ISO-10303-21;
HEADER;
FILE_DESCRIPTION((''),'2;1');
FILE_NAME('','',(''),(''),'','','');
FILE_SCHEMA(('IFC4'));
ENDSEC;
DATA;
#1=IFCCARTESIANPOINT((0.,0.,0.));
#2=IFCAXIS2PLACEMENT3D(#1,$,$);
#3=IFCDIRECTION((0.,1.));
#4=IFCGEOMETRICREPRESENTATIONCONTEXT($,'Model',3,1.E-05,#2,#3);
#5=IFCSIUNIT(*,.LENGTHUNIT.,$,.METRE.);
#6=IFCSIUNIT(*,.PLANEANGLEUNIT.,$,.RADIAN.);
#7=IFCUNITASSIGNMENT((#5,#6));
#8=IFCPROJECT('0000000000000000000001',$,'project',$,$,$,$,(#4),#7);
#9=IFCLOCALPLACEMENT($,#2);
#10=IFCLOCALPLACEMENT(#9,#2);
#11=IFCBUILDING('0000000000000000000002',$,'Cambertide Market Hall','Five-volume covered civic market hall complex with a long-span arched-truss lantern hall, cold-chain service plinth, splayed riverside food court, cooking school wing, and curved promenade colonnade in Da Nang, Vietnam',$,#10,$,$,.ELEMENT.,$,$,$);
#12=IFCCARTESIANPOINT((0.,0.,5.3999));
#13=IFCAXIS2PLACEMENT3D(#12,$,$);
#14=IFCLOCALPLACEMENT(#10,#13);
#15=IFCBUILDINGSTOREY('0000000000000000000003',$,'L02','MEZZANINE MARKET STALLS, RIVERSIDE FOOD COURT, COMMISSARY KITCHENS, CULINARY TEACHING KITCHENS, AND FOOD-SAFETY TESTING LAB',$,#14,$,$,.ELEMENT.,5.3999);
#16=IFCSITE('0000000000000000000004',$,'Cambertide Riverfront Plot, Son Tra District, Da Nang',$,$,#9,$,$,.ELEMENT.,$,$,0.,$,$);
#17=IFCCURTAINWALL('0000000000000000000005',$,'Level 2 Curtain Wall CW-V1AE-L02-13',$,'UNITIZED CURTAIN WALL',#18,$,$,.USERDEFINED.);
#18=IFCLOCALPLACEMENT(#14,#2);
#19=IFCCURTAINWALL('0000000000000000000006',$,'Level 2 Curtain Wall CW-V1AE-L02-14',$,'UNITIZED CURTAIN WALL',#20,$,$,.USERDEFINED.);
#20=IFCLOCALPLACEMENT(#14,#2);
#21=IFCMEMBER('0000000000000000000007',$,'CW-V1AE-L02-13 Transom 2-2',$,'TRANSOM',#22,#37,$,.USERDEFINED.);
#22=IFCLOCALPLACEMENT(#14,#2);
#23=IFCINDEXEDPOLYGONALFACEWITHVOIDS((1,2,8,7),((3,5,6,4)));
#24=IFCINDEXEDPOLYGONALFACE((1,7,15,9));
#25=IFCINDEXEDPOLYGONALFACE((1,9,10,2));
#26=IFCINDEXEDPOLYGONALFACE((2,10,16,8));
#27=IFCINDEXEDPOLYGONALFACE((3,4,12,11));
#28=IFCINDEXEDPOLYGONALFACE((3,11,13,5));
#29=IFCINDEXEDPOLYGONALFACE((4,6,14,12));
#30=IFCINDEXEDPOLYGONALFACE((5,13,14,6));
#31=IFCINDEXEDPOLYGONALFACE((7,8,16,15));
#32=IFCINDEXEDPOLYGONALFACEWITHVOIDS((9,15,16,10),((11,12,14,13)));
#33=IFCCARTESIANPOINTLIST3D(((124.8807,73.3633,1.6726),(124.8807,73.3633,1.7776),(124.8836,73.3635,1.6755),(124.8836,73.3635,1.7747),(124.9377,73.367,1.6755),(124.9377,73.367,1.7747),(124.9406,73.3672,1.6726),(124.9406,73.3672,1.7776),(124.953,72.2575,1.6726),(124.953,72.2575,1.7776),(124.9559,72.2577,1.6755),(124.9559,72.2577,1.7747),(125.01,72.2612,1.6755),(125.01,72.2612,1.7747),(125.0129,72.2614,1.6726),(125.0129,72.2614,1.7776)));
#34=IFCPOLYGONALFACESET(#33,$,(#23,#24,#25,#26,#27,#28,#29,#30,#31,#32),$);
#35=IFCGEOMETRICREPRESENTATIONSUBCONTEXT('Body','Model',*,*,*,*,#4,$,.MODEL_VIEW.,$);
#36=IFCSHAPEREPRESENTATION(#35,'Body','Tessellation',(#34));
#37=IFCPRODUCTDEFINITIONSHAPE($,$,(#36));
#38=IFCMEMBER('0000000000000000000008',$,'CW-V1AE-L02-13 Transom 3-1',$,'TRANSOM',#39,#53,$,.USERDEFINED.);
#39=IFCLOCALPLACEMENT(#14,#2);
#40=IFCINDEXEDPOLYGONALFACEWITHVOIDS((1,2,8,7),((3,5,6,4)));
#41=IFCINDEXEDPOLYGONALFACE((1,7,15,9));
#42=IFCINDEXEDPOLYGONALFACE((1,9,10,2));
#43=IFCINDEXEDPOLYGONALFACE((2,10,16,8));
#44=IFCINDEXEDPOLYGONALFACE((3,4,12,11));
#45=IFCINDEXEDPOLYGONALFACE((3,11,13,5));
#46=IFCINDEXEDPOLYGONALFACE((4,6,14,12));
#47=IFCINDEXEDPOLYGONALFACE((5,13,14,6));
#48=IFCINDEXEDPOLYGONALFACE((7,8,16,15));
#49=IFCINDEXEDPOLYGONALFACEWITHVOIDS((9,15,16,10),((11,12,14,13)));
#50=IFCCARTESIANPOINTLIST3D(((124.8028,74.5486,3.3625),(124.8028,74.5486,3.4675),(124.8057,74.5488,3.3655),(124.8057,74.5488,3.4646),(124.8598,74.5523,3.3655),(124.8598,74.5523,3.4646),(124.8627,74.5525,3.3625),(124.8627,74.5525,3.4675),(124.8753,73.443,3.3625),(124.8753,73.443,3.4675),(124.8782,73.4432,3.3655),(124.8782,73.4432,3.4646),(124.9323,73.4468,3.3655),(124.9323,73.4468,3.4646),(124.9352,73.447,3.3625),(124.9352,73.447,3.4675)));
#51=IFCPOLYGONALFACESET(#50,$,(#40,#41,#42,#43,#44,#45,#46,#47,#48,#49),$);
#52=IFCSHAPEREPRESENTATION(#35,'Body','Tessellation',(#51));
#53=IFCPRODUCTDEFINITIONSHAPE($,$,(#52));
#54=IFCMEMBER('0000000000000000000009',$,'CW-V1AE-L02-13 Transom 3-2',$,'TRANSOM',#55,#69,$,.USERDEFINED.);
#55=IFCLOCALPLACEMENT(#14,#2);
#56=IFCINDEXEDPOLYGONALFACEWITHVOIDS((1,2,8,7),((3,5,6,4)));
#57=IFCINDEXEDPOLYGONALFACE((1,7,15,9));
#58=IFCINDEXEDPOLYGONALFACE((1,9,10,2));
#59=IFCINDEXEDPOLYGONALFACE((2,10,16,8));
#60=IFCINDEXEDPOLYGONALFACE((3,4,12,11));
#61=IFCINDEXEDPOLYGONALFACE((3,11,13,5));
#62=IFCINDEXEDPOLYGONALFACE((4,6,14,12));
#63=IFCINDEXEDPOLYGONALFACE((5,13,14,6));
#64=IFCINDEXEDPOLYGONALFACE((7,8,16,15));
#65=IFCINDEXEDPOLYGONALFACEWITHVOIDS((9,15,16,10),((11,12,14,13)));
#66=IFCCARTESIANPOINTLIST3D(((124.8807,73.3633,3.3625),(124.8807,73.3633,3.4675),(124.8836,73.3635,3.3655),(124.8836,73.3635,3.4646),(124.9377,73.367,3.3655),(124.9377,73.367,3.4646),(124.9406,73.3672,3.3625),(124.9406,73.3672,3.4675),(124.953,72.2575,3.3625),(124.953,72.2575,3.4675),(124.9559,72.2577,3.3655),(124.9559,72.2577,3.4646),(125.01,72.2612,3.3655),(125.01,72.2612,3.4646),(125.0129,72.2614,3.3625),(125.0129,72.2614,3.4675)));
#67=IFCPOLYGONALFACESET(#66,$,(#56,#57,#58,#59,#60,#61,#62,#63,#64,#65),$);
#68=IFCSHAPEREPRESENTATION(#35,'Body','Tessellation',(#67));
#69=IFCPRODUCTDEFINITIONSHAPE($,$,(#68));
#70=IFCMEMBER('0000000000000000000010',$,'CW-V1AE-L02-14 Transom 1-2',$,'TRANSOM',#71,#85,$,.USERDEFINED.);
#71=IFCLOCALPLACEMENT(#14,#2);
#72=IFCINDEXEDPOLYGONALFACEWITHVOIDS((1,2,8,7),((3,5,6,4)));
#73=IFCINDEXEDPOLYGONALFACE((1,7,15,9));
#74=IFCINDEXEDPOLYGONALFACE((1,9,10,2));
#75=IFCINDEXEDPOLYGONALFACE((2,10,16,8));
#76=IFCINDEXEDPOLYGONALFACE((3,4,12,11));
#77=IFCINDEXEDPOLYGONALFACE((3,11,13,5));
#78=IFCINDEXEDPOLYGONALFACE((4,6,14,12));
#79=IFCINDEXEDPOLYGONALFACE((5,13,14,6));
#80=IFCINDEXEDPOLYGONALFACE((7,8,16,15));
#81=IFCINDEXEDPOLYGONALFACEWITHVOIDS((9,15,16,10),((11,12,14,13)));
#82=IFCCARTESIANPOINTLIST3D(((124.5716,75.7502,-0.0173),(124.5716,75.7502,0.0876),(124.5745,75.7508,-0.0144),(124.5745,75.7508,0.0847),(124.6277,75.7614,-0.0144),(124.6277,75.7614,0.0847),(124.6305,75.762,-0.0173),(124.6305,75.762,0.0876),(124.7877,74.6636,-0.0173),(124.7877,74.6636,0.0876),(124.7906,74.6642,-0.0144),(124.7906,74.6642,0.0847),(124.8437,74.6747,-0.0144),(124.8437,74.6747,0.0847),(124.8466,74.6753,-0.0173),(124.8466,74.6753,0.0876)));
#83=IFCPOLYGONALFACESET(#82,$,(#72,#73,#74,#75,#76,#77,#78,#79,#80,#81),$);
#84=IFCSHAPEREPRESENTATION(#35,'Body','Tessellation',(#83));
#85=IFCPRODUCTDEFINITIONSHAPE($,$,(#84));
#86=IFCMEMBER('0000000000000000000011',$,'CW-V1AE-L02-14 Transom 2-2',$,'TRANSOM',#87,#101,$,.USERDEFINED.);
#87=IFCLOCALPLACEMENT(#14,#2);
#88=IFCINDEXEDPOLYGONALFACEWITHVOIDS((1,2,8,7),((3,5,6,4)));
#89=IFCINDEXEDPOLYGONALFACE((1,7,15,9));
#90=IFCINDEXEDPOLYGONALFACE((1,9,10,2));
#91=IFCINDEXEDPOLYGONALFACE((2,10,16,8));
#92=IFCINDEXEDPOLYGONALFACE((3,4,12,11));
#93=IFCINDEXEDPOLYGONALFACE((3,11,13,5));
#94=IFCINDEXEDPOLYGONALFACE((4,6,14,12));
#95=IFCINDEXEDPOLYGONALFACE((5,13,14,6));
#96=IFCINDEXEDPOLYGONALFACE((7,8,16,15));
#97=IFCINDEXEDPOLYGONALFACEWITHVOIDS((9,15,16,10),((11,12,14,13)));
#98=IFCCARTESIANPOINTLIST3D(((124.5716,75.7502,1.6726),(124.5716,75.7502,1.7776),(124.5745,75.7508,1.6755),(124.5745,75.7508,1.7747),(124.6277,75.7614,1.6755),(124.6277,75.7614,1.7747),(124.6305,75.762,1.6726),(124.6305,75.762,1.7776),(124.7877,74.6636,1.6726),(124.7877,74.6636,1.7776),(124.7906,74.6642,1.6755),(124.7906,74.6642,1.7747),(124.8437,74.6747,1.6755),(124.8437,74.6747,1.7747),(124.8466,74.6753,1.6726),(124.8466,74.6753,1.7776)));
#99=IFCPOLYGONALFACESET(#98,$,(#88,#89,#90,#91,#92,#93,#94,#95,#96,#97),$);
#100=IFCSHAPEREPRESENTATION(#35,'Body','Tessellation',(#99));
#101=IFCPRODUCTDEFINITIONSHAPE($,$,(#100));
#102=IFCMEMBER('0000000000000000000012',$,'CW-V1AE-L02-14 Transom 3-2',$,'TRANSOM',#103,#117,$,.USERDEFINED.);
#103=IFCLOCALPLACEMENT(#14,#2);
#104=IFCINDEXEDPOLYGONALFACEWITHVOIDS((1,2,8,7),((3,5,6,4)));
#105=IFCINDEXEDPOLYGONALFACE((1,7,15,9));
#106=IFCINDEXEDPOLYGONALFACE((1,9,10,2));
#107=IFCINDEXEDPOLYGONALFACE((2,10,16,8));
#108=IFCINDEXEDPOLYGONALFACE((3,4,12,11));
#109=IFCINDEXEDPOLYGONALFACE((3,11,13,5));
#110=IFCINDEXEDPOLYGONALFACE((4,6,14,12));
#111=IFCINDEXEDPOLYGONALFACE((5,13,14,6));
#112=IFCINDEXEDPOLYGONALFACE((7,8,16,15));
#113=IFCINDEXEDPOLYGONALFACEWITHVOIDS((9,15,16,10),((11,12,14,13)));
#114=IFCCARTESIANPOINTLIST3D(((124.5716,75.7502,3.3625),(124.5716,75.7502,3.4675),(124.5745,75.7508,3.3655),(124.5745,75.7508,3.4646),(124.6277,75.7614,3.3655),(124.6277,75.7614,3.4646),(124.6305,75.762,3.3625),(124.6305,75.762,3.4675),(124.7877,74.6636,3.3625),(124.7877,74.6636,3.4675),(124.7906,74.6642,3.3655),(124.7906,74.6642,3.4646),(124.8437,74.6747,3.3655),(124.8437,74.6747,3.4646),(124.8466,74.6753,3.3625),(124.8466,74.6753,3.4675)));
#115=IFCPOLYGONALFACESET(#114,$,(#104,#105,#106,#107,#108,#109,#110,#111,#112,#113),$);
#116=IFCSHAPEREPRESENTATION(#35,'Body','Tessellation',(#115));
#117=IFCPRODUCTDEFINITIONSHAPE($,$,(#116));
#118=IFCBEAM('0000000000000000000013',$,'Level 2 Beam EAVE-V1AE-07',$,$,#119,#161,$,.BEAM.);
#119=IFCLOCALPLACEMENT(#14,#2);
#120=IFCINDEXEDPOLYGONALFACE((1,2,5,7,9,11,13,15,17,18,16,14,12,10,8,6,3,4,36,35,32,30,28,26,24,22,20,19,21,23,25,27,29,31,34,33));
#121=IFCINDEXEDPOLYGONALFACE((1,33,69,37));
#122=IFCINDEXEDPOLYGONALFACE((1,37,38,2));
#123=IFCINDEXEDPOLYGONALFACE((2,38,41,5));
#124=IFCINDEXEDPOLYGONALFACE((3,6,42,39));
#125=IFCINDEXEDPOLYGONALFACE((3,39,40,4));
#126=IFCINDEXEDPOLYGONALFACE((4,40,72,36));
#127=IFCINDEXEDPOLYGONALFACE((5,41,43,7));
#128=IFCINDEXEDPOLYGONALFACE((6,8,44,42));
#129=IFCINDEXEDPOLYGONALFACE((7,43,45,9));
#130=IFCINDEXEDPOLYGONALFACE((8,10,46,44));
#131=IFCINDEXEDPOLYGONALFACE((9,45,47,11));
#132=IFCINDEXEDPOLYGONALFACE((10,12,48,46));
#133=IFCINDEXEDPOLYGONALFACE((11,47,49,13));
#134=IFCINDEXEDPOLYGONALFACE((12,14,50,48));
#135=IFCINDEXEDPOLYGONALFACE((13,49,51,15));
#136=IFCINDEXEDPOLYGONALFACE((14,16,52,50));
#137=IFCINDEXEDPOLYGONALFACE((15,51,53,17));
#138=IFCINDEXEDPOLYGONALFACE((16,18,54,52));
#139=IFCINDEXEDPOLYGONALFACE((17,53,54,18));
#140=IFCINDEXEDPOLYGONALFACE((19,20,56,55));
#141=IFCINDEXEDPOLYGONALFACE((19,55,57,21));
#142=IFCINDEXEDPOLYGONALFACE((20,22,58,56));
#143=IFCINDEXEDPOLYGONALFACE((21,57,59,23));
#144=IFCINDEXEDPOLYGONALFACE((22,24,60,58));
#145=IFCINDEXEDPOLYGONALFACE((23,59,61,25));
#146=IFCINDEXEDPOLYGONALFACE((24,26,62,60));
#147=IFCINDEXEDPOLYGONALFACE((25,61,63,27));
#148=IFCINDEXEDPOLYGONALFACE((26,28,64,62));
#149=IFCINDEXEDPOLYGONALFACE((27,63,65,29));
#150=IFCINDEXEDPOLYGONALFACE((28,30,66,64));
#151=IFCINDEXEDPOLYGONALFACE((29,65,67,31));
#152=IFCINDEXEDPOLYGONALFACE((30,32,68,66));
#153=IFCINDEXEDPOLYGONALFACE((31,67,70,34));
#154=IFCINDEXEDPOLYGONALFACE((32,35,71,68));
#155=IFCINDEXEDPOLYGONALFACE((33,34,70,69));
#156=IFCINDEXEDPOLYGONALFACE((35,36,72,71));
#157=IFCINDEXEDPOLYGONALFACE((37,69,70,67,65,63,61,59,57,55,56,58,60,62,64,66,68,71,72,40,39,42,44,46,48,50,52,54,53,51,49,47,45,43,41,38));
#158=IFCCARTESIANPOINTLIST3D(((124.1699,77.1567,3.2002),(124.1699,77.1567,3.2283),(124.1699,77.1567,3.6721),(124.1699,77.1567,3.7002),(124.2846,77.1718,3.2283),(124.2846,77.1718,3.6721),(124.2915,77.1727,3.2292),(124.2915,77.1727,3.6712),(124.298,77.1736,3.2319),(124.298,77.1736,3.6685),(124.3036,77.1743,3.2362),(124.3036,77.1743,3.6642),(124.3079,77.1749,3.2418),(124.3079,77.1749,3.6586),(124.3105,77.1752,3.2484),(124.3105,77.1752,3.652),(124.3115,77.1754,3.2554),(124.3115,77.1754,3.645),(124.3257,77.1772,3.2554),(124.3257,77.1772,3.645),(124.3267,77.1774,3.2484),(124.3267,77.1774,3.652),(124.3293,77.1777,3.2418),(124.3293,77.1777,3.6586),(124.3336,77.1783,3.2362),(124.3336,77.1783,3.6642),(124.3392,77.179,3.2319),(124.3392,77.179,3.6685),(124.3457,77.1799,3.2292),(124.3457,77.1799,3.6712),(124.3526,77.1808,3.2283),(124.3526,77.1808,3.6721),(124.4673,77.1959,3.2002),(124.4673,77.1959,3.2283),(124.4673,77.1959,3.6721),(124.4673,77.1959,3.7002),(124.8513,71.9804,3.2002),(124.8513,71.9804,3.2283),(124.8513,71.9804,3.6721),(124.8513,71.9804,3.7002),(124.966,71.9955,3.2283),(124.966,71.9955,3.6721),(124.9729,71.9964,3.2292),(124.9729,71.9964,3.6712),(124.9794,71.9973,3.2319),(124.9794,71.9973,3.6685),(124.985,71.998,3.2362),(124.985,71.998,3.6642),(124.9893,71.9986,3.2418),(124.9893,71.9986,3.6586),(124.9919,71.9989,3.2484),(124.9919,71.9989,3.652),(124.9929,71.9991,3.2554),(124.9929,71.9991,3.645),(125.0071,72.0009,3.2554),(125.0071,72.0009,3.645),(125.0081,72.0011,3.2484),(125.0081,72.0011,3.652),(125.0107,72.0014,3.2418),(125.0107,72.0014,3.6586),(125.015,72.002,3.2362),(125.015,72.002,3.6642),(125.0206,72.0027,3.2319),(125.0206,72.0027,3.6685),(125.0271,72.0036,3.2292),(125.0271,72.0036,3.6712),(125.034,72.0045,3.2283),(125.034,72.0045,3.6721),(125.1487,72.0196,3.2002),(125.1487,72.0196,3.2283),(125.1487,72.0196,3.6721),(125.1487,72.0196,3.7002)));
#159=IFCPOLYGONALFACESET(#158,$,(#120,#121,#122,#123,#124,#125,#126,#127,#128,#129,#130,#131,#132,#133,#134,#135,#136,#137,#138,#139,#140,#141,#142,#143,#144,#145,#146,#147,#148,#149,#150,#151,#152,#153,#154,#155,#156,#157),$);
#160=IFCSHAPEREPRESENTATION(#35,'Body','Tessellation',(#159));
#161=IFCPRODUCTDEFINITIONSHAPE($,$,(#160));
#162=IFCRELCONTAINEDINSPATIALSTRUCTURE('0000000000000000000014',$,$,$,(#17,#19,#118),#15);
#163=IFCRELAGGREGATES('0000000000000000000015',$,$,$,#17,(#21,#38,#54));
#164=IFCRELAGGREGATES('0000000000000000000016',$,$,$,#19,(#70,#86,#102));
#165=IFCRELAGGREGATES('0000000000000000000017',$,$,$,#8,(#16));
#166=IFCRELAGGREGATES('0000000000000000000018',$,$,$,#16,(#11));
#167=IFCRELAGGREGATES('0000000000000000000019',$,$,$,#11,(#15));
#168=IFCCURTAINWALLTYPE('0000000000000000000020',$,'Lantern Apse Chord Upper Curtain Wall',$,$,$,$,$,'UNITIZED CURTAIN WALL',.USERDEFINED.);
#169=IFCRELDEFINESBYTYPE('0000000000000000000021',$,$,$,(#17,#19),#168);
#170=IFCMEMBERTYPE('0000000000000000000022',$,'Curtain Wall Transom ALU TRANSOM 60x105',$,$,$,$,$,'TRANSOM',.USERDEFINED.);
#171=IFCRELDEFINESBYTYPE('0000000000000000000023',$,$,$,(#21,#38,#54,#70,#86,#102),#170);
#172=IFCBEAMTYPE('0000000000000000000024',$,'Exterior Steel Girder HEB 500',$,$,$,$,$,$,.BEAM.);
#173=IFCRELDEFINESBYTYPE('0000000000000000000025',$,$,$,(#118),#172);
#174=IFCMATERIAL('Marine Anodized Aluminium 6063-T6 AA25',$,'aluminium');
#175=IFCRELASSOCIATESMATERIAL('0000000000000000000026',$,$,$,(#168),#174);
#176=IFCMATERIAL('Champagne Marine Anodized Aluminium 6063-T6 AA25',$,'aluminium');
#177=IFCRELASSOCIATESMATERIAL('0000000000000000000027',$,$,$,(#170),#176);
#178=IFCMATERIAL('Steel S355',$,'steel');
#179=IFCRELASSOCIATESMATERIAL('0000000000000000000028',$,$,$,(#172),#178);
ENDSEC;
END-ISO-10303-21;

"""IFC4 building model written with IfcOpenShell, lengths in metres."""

from ifc_helpers import new_model, si_unit, direction, frame, origin, origin_2d, place, context, subcontext, project, spatial, hollow_rectangle, i_section, extrude, material, material_profile, profile_set, type_object, element, aggregate, save


model = new_model("IFC4")

# Units and contexts
model_context = context("Model", 3, precision=1e-05, world=origin(), true_north=direction((0.0, 1.0)))
body_context = subcontext(model_context, "Body", "Model", "MODEL_VIEW")
ifc_project = project(units=[si_unit("LENGTHUNIT", "METRE"), si_unit("PLANEANGLEUNIT", "RADIAN")], contexts=[model_context])

# Site, building, storey
site_placement = place(None, origin())
site = spatial("IfcSite", under=ifc_project, at=site_placement, Name="Cambertide Riverfront Plot, Son Tra District, Da Nang", CompositionType="ELEMENT", RefElevation=0.0)
building_placement = place(site_placement, origin())
building = spatial("IfcBuilding", under=site, at=building_placement, Name="Cambertide Market Hall", Description="Five-volume covered civic market hall complex with a long-span arched-truss lantern hall, cold-chain service plinth, splayed riverside food court, cooking school wing, and curved promenade colonnade in Da Nang, Vietnam", CompositionType="ELEMENT")
storey_placement = place(building_placement, frame((0.0, 0.0, 5.3999)))
storey = spatial("IfcBuildingStorey", under=building, at=storey_placement, Name="L02", Description="MEZZANINE MARKET STALLS, RIVERSIDE FOOD COURT, COMMISSARY KITCHENS, CULINARY TEACHING KITCHENS, AND FOOD-SAFETY TESTING LAB", CompositionType="ELEMENT", Elevation=5.3999)

# Curtain walls
ifc_material_1 = material(Name="Marine Anodized Aluminium 6063-T6 AA25", Category="aluminium")
curtain_wall_type = type_object("IfcCurtainWallType", Name="Lantern Apse Chord Upper Curtain Wall", ElementType="UNITIZED CURTAIN WALL", PredefinedType="USERDEFINED", material=ifc_material_1)
curtain_wall_1_placement = place(storey_placement, origin())
curtain_wall_1 = element("IfcCurtainWall", 1, at=curtain_wall_1_placement, inside=storey, type_object=curtain_wall_type, Name="Level 2 Curtain Wall CW-V1AE-L02-13", ObjectType="UNITIZED CURTAIN WALL", PredefinedType="USERDEFINED")
curtain_wall_2_placement = place(storey_placement, origin())
curtain_wall_2 = element("IfcCurtainWall", 2, at=curtain_wall_2_placement, inside=storey, type_object=curtain_wall_type, Name="Level 2 Curtain Wall CW-V1AE-L02-14", ObjectType="UNITIZED CURTAIN WALL", PredefinedType="USERDEFINED")

# Members
ifc_material_2 = material(Name="Champagne Marine Anodized Aluminium 6063-T6 AA25", Category="aluminium")
ifc_material_profile_1 = material_profile(ifc_material_2, hollow_rectangle(XDim=0.0601, YDim=0.105, WallThickness=0.0029, at=origin_2d()), Name="ALU TRANSOM 60x105")
ifc_profile_set_1 = profile_set([ifc_material_profile_1], Name="Champagne Marine Anodized Aluminium 6063-T6 AA25")
member_type_1 = type_object("IfcMemberType", Name="Curtain Wall Transom ALU TRANSOM 60x105", ElementType="TRANSOM", PredefinedType="USERDEFINED", material=ifc_profile_set_1)
member_1_placement = place(storey_placement, frame((124.9106, 73.3652, 1.7251), z_axis=(0.065217, -0.997871, 0.0), x_axis=(0.997871, 0.065217, 0.0)))
member_1 = element("IfcMember", 3, at=member_1_placement, type_object=member_type_1, Name="CW-V1AE-L02-13 Transom 2-2", ObjectType="TRANSOM", PredefinedType="USERDEFINED", context=body_context, shape_type="SweptSolid", body=[
    extrude(hollow_rectangle(XDim=0.0601, YDim=0.105, WallThickness=0.0029, at=origin_2d()), origin(), (0.0, 0.0, 1.0), 1.1082),
])
member_2_placement = place(storey_placement, frame((124.8328, 74.5505, 3.415), z_axis=(0.065451, -0.997856, 0.0), x_axis=(0.997856, 0.065451, 0.0)))
member_2 = element("IfcMember", 4, at=member_2_placement, type_object=member_type_1, Name="CW-V1AE-L02-13 Transom 3-1", ObjectType="TRANSOM", PredefinedType="USERDEFINED", context=body_context, shape_type="SweptSolid", body=[
    extrude(hollow_rectangle(XDim=0.0601, YDim=0.105, WallThickness=0.0029, at=origin_2d()), origin(), (0.0, 0.0, 1.0), 1.1079),
])
member_3_placement = place(storey_placement, frame((124.9106, 73.3652, 3.415), z_axis=(0.065217, -0.997871, 0.0), x_axis=(0.997871, 0.065217, 0.0)))
member_3 = element("IfcMember", 5, at=member_3_placement, type_object=member_type_1, Name="CW-V1AE-L02-13 Transom 3-2", ObjectType="TRANSOM", PredefinedType="USERDEFINED", context=body_context, shape_type="SweptSolid", body=[
    extrude(hollow_rectangle(XDim=0.0601, YDim=0.105, WallThickness=0.0029, at=origin_2d()), origin(), (0.0, 0.0, 1.0), 1.1082),
])
member_4_placement = place(storey_placement, frame((124.6011, 75.7561, 0.0352), z_axis=(0.195014, -0.9808, 0.0), x_axis=(0.9808, 0.195014, 0.0)))
member_4 = element("IfcMember", 6, at=member_4_placement, type_object=member_type_1, Name="CW-V1AE-L02-14 Transom 1-2", ObjectType="TRANSOM", PredefinedType="USERDEFINED", context=body_context, shape_type="SweptSolid", body=[
    extrude(hollow_rectangle(XDim=0.0601, YDim=0.105, WallThickness=0.0029, at=origin_2d()), origin(), (0.0, 0.0, 1.0), 1.1079),
])
member_5_placement = place(storey_placement, frame((124.6011, 75.7561, 1.7251), z_axis=(0.195014, -0.9808, 0.0), x_axis=(0.9808, 0.195014, 0.0)))
member_5 = element("IfcMember", 7, at=member_5_placement, type_object=member_type_1, Name="CW-V1AE-L02-14 Transom 2-2", ObjectType="TRANSOM", PredefinedType="USERDEFINED", context=body_context, shape_type="SweptSolid", body=[
    extrude(hollow_rectangle(XDim=0.0601, YDim=0.105, WallThickness=0.0029, at=origin_2d()), origin(), (0.0, 0.0, 1.0), 1.1079),
])
member_6_placement = place(storey_placement, frame((124.6011, 75.7561, 3.415), z_axis=(0.195014, -0.9808, 0.0), x_axis=(0.9808, 0.195014, 0.0)))
member_6 = element("IfcMember", 8, at=member_6_placement, type_object=member_type_1, Name="CW-V1AE-L02-14 Transom 3-2", ObjectType="TRANSOM", PredefinedType="USERDEFINED", context=body_context, shape_type="SweptSolid", body=[
    extrude(hollow_rectangle(XDim=0.0601, YDim=0.105, WallThickness=0.0029, at=origin_2d()), origin(), (0.0, 0.0, 1.0), 1.1079),
])

# Beam
ifc_material_3 = material(Name="Steel S355", Category="steel")
ifc_material_profile_2 = material_profile(ifc_material_3, i_section(OverallWidth=0.3, OverallDepth=0.5, WebThickness=0.0144, FlangeThickness=0.0281, FilletRadius=0.0271, at=origin_2d()), Name="HEB 500")
ifc_profile_set_2 = profile_set([ifc_material_profile_2], Name="Steel S355")
beam_type_1 = type_object("IfcBeamType", Name="Exterior Steel Girder HEB 500", PredefinedType="BEAM", material=ifc_profile_set_2)
beam_1_placement = place(storey_placement, frame((125.0, 72.0, 3.4502), z_axis=(-0.130513, 0.991447, 0.0), x_axis=(-0.991447, -0.130513, 0.0)))
element("IfcBeam", 9, at=beam_1_placement, inside=storey, type_object=beam_type_1, Name="Level 2 Beam EAVE-V1AE-07", PredefinedType="BEAM", context=body_context, shape_type="SweptSolid", body=[
    extrude(i_section(OverallWidth=0.3, OverallDepth=0.5, WebThickness=0.0144, FlangeThickness=0.0281, FilletRadius=0.0271, at=origin_2d()), origin(), (0.0, 0.0, 1.0), 5.2209),
])

aggregate(curtain_wall_1, [member_1, member_2, member_3])
aggregate(curtain_wall_2, [member_4, member_5, member_6])

save(model, "model.ifc")
